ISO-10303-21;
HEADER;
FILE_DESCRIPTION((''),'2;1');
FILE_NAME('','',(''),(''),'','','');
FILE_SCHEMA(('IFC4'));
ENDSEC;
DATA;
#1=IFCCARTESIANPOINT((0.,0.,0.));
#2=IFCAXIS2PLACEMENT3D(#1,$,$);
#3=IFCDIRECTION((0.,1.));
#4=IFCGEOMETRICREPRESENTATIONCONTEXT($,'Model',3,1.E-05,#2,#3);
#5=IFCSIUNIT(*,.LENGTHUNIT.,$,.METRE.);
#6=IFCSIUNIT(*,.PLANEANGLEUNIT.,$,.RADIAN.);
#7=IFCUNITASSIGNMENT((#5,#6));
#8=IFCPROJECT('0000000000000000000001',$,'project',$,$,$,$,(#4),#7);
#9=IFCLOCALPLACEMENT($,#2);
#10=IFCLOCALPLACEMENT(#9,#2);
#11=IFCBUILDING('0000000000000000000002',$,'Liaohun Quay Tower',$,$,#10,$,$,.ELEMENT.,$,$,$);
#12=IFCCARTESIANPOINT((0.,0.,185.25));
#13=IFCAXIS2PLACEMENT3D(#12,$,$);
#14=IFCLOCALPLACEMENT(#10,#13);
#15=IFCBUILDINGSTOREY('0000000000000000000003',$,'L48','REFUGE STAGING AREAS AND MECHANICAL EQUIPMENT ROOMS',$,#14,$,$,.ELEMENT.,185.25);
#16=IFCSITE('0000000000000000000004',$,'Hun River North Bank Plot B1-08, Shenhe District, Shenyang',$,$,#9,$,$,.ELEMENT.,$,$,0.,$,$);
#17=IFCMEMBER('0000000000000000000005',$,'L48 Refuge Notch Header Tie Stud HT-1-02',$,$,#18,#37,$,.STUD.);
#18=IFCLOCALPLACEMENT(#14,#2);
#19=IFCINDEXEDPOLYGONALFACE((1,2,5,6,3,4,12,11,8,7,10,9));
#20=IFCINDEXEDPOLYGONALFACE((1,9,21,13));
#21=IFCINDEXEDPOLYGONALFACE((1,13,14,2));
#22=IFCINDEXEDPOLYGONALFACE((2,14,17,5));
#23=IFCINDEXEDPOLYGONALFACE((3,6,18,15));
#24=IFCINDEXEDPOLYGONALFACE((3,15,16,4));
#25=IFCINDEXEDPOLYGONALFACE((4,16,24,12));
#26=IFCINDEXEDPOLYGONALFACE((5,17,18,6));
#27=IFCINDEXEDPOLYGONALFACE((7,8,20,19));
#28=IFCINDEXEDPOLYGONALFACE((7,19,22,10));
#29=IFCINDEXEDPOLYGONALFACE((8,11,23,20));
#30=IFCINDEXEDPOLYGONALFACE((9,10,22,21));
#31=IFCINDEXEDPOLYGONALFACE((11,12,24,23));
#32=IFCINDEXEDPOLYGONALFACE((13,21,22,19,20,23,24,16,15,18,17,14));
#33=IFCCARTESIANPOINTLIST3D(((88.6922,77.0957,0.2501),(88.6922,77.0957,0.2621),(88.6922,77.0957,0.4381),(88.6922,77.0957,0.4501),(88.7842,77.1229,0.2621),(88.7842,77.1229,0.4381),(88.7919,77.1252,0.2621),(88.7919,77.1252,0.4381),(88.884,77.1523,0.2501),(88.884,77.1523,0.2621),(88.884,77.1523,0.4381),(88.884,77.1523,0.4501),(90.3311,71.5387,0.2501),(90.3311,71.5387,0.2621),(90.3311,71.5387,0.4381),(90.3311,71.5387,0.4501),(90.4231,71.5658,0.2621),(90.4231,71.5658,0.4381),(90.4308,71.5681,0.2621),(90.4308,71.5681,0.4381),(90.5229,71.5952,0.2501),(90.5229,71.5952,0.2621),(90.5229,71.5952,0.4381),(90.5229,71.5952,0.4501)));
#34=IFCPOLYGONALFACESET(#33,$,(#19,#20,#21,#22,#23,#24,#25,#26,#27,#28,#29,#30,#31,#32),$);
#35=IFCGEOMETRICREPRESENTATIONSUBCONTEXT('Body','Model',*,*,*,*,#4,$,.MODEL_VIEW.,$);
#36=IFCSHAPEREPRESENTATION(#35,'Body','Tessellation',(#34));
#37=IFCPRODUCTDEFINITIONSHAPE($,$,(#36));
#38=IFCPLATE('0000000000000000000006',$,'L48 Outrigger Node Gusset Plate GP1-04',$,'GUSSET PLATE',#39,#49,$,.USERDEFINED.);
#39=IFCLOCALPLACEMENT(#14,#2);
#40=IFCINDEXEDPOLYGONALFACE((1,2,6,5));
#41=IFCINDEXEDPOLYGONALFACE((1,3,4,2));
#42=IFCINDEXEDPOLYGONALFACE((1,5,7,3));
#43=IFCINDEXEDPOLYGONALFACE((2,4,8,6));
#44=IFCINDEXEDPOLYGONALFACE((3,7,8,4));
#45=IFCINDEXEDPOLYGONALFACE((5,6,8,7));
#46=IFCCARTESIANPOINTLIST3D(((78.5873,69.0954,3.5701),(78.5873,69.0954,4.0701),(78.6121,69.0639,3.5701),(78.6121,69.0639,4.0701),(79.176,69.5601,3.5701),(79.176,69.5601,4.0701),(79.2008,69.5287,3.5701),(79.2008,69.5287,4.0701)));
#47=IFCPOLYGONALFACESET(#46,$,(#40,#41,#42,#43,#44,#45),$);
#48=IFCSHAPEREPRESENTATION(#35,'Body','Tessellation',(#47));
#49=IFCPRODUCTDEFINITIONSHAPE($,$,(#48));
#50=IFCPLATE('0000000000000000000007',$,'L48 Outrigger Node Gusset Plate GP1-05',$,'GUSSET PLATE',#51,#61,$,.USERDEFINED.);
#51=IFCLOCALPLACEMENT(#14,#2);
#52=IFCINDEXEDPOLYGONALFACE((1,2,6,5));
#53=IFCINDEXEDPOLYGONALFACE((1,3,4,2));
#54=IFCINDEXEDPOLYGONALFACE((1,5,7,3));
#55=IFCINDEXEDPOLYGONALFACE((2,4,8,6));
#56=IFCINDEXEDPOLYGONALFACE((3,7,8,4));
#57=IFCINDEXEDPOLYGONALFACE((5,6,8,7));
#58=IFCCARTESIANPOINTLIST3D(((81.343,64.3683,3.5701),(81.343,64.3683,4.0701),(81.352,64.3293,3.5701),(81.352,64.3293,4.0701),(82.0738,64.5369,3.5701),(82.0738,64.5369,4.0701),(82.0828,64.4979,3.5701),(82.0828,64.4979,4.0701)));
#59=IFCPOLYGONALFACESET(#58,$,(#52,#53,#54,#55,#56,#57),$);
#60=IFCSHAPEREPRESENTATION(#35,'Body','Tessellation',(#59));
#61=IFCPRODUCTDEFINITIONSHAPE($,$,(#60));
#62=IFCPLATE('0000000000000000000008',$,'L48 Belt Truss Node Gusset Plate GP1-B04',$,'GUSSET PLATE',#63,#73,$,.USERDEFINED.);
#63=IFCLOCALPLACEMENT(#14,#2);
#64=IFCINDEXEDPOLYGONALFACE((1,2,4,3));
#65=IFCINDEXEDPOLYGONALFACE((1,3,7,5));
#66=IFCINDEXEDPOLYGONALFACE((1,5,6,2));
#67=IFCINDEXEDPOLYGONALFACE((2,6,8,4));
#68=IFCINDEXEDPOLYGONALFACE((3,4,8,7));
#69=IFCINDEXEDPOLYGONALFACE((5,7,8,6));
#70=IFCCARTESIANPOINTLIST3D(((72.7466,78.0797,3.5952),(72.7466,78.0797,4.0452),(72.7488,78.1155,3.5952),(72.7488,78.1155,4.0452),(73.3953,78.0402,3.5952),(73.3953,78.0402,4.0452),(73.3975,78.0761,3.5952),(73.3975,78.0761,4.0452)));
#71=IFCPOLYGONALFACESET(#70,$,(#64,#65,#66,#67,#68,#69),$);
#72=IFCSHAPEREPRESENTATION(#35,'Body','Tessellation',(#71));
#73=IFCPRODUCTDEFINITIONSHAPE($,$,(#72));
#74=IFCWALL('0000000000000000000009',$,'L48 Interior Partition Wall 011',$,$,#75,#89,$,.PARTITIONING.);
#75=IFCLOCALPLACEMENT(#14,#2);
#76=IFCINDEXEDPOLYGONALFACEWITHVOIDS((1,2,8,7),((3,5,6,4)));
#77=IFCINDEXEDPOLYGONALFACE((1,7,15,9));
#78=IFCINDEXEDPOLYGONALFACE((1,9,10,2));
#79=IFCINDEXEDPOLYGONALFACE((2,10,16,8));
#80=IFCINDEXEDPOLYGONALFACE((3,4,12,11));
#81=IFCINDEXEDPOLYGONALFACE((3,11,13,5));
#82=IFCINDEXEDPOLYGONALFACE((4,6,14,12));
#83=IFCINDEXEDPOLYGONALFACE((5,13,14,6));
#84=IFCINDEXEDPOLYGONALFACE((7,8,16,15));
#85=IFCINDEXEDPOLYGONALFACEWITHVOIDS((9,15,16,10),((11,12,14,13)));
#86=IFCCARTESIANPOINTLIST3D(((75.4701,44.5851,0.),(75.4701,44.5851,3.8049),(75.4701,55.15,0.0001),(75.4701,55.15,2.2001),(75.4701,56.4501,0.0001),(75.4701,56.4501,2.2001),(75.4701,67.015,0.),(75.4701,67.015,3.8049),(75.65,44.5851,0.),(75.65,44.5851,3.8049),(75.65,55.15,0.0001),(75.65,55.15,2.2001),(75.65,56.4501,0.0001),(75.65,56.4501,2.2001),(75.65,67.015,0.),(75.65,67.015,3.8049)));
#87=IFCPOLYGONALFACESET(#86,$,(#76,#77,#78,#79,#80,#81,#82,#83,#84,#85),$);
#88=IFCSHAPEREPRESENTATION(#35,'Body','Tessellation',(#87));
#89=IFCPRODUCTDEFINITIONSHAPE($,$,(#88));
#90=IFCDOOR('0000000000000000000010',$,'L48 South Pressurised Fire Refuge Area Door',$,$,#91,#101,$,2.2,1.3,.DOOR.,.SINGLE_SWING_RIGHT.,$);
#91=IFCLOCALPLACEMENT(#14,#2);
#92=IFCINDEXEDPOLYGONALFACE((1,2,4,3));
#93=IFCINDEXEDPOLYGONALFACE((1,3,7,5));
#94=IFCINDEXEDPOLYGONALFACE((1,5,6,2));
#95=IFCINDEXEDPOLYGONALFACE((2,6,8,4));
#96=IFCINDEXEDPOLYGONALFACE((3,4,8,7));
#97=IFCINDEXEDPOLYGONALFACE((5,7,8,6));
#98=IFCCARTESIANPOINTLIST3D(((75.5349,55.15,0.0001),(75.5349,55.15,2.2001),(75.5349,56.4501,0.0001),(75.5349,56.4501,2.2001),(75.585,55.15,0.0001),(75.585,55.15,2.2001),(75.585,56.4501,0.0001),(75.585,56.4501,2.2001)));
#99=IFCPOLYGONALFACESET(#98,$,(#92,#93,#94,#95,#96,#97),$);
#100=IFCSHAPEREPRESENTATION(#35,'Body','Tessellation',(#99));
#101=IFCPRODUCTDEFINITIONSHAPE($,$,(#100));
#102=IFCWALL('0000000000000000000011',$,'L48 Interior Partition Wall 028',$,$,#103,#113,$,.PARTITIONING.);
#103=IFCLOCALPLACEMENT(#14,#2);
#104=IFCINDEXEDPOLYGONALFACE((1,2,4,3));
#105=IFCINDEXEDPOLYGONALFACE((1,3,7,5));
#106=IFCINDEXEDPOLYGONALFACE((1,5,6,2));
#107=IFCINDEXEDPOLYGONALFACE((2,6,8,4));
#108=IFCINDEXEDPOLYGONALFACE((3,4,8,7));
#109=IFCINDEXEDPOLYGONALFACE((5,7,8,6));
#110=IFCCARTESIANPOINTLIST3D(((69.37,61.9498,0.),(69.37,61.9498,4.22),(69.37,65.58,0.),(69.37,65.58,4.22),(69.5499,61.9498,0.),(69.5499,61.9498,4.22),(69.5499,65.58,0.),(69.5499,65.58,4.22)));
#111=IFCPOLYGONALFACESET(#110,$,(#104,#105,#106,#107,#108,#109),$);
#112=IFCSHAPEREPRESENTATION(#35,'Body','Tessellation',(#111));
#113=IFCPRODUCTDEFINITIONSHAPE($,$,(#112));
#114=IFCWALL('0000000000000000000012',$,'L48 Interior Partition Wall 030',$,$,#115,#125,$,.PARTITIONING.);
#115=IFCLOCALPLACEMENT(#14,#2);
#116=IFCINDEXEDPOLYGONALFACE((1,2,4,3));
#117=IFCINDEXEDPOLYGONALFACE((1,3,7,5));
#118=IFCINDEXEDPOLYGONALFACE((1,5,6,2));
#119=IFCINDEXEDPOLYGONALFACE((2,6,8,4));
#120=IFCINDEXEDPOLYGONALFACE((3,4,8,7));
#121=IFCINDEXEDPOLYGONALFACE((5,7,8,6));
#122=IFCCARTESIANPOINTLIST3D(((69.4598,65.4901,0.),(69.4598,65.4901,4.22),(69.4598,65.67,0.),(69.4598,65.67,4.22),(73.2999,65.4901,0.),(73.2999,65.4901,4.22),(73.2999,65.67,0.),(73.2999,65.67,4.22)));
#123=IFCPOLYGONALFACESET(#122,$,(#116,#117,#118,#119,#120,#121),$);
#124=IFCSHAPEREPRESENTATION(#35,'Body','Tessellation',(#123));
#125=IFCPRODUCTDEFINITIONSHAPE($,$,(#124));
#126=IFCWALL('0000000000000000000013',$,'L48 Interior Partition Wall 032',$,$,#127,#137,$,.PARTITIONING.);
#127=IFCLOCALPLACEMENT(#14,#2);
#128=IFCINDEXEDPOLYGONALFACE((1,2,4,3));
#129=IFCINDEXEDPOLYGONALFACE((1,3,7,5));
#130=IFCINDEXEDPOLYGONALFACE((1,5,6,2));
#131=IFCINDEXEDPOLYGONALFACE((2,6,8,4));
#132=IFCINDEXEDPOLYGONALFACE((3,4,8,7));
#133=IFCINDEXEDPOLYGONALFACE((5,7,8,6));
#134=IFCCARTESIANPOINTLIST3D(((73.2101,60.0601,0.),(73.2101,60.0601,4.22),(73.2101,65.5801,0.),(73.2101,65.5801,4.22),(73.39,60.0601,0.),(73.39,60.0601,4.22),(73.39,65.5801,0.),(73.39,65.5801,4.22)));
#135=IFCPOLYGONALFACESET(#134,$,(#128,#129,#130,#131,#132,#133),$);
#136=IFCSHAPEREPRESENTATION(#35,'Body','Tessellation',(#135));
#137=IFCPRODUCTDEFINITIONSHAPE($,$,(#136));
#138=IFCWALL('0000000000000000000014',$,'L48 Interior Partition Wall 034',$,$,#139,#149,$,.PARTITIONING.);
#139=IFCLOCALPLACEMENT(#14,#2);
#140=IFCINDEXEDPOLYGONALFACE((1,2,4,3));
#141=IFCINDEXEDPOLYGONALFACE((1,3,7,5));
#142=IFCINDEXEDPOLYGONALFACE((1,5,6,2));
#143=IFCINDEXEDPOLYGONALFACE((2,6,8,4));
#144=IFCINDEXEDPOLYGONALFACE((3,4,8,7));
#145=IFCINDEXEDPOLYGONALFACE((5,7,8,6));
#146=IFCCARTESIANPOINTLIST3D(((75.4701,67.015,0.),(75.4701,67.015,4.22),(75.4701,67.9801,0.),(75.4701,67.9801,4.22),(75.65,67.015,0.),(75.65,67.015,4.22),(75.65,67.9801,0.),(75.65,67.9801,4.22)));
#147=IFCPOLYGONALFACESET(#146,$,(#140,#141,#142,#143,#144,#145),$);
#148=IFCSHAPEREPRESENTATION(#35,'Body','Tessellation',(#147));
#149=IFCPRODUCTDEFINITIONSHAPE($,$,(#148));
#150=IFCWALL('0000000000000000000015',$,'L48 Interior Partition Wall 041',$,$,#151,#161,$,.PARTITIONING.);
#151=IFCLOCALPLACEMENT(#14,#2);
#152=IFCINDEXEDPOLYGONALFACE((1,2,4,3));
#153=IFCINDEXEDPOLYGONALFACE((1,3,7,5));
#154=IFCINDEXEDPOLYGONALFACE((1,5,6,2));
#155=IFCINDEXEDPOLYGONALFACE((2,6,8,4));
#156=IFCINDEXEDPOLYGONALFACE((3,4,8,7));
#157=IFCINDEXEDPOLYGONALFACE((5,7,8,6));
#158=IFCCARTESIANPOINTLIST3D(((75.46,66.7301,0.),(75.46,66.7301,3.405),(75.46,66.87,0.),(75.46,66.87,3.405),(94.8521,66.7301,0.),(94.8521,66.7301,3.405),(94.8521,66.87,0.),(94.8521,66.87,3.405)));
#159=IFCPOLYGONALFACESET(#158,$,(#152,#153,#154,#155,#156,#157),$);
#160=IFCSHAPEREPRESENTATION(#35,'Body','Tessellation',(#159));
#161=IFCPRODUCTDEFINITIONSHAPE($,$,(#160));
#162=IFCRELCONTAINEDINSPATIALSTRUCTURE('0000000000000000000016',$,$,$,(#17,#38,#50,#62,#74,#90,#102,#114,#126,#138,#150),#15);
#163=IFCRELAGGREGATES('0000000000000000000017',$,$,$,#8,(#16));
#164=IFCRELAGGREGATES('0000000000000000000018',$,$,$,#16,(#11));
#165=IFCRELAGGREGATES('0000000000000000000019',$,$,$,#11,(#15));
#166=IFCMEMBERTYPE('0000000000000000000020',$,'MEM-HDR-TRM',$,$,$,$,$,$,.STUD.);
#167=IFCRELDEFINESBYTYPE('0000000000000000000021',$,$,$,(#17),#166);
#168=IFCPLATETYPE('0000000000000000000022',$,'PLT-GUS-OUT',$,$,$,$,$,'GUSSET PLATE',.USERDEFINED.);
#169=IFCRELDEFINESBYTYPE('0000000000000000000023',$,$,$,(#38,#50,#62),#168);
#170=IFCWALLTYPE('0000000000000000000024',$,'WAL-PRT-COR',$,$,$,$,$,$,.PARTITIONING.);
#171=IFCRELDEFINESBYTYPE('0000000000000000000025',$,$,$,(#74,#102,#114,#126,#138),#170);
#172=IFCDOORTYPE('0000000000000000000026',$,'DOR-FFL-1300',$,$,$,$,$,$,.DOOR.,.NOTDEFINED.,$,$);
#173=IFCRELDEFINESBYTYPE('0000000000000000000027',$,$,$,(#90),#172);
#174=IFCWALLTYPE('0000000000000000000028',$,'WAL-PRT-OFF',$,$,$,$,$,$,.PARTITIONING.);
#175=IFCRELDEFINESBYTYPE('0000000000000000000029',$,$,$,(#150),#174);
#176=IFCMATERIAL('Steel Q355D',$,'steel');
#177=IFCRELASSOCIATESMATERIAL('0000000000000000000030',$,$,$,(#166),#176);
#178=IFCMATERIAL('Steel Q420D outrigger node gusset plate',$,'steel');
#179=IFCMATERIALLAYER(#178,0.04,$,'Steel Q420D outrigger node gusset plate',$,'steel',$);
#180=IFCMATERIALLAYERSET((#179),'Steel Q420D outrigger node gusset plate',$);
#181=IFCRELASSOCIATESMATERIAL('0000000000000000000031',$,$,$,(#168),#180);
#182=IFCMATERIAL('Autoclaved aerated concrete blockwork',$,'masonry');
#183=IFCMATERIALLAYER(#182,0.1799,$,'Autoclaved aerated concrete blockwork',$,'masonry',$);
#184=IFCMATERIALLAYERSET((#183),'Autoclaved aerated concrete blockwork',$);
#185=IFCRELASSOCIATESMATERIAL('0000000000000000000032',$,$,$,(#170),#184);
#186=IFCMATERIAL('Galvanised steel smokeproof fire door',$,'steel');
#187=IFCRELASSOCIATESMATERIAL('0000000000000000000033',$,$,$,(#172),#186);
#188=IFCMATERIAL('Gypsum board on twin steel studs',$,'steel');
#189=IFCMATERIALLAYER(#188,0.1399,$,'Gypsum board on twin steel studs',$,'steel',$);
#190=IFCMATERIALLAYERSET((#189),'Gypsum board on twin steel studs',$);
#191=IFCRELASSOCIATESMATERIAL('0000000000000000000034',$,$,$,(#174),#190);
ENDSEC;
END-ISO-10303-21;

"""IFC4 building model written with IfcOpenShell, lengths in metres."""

from ifc_helpers import new_model, si_unit, direction, frame, frame_2d, origin, origin_2d, place, context, subcontext, project, spatial, rectangle, i_section, extrude, source, transform, mapped, material, layer, layer_set, material_profile, profile_set, type_object, element, fill, save


model = new_model("IFC4")

# Units and contexts
model_context = context("Model", 3, precision=1e-05, world=origin(), true_north=direction((0.0, 1.0)))
body_context = subcontext(model_context, "Body", "Model", "MODEL_VIEW")
ifc_project = project(units=[si_unit("LENGTHUNIT", "METRE"), si_unit("PLANEANGLEUNIT", "RADIAN")], contexts=[model_context])

# Site, building, storey
site_placement = place(None, origin())
site = spatial("IfcSite", under=ifc_project, at=site_placement, Name="Hun River North Bank Plot B1-08, Shenhe District, Shenyang", CompositionType="ELEMENT", RefElevation=0.0)
building_placement = place(site_placement, origin())
building = spatial("IfcBuilding", under=site, at=building_placement, Name="Liaohun Quay Tower", CompositionType="ELEMENT")
storey_placement = place(building_placement, frame((0.0, 0.0, 185.25)))
storey = spatial("IfcBuildingStorey", under=building, at=storey_placement, Name="L48", Description="REFUGE STAGING AREAS AND MECHANICAL EQUIPMENT ROOMS", CompositionType="ELEMENT", Elevation=185.25)

# Shared definitions
ifc_material_1 = material(Name="Steel Q355D", Category="steel")

# Member
ifc_material_profile_1 = material_profile(ifc_material_1, i_section(OverallWidth=0.2, OverallDepth=0.2, WebThickness=0.0081, FlangeThickness=0.012, at=origin_2d()), Name="HW200x200x8x12")
ifc_profile_set_1 = profile_set([ifc_material_profile_1], Name="Steel Q355D")
member_type_1 = type_object("IfcMemberType", Name="MEM-HDR-TRM", PredefinedType="STUD", material=ifc_profile_set_1)
shared_shape_1 = source(origin(), body_context, "Body", "SweptSolid", [
    extrude(i_section(OverallWidth=0.2, OverallDepth=0.2, WebThickness=0.0081, FlangeThickness=0.012, at=origin_2d()), origin(), (0.0, 0.0, 1.0), 5.7937),
])
member_1_placement = place(storey_placement, frame((88.7881, 77.124, 0.3501), z_axis=(0.282876, -0.959157, 0.0), x_axis=(0.959157, 0.282876, 0.0)))
element("IfcMember", 1, at=member_1_placement, inside=storey, type_object=member_type_1, Name="L48 Refuge Notch Header Tie Stud HT-1-02", PredefinedType="STUD", context=body_context, shape_type="MappedRepresentation", body=[
    mapped(shared_shape_1, transform((0.0, 0.0, 0.0), x_axis=(1.0, 0.0, 0.0), y_axis=(0.0, 1.0, 0.0), z_axis=(0.0, 0.0, 1.0), scale=1.0)),
])

# Plates
ifc_material_2 = material(Name="Steel Q420D outrigger node gusset plate", Category="steel")
ifc_layer_1 = layer(ifc_material_2, 0.04, Name="Steel Q420D outrigger node gusset plate", Category="steel")
ifc_layer_set_1 = layer_set([ifc_layer_1], Name="Steel Q420D outrigger node gusset plate")
plate_type = type_object("IfcPlateType", Name="PLT-GUS-OUT", ElementType="GUSSET PLATE", PredefinedType="USERDEFINED", material=ifc_layer_set_1)
shared_shape_2 = source(origin(), body_context, "Body", "SweptSolid", [
    extrude(rectangle(XDim=0.75, YDim=0.04, at=origin_2d()), origin(), (0.0, 0.0, 1.0), 0.5),
])
for number, where, z_axis, x_axis, name in (
    (2, (78.894, 69.312, 3.5701), (0.0, 0.0, 1.0), (0.784885, 0.619642, 0.0), "L48 Outrigger Node Gusset Plate GP1-04"),
    (3, (81.7129, 64.4331, 3.5701), (0.0, 0.0, 1.0), (0.974409, 0.224781, 0.0), "L48 Outrigger Node Gusset Plate GP1-05"),
):
    element("IfcPlate", number, at=place(storey_placement, frame(where, z_axis=z_axis, x_axis=x_axis)), inside=storey, type_object=plate_type, Name=name, ObjectType="GUSSET PLATE", PredefinedType="USERDEFINED", context=body_context, shape_type="MappedRepresentation", body=[
        mapped(shared_shape_2, transform((0.0, 0.0, 0.0), x_axis=(1.0, 0.0, 0.0), y_axis=(0.0, 1.0, 0.0), z_axis=(0.0, 0.0, 1.0), scale=1.0)),
    ])
shared_shape_3 = source(origin(), body_context, "Body", "SweptSolid", [
    extrude(rectangle(XDim=0.6499, YDim=0.0359, at=origin_2d()), origin(), (0.0, 0.0, 1.0), 0.45),
])
plate_placement = place(storey_placement, frame((73.072, 78.0779, 3.5952), z_axis=(0.0, 0.0, 1.0), x_axis=(0.998156, -0.0607, 0.0)))
element("IfcPlate", 4, at=plate_placement, inside=storey, type_object=plate_type, Name="L48 Belt Truss Node Gusset Plate GP1-B04", ObjectType="GUSSET PLATE", PredefinedType="USERDEFINED", context=body_context, shape_type="MappedRepresentation", body=[
    mapped(shared_shape_3, transform((0.0, 0.0, 0.0), x_axis=(1.0, 0.0, 0.0), y_axis=(0.0, 1.0, 0.0), z_axis=(0.0, 0.0, 1.0), scale=1.0)),
])

# Wall, opening, door
ifc_material_3 = material(Name="Autoclaved aerated concrete blockwork", Category="masonry")
ifc_layer_2 = layer(ifc_material_3, 0.1799, Name="Autoclaved aerated concrete blockwork", Category="masonry")
ifc_layer_set_2 = layer_set([ifc_layer_2], Name="Autoclaved aerated concrete blockwork")
wall_type_1 = type_object("IfcWallType", Name="WAL-PRT-COR", PredefinedType="PARTITIONING", material=ifc_layer_set_2)
wall_1_placement = place(storey_placement, frame((75.5601, 67.0149, 0.0), z_axis=(0.0, 0.0, 1.0), x_axis=(0.0, -1.0, 0.0)))
wall_1 = element("IfcWall", 5, at=wall_1_placement, inside=storey, type_object=wall_type_1, Name="L48 Interior Partition Wall 011", PredefinedType="PARTITIONING", context=body_context, shape_type="SweptSolid", body=[
    extrude(rectangle(XDim=22.4299, YDim=0.1799, at=frame_2d((11.2148, 0.0))), origin(), (0.0, 0.0, 1.0), 3.8049),
])
shared_shape_4 = source(origin(), body_context, "Body", "SweptSolid", [
    extrude(rectangle(XDim=1.3, YDim=2.2, at=frame_2d((0.6499, 1.1001))), frame((0.0, 0.0999, 0.0), z_axis=(0.0, -1.0, 0.0), x_axis=(1.0, 0.0, 0.0)), (0.0, 0.0, 1.0), 0.2),
])
opening_placement = place(wall_1_placement, frame((10.5649, 0.0, 0.0)))
opening = element("IfcOpeningElement", 6, at=opening_placement, cuts=wall_1, PredefinedType="OPENING", context=body_context, shape_type="MappedRepresentation", body=[
    mapped(shared_shape_4, transform((0.0, 0.0, 0.0), x_axis=(1.0, 0.0, 0.0), y_axis=(0.0, 1.0, 0.0), z_axis=(0.0, 0.0, 1.0), scale=1.0)),
])
ifc_material_4 = material(Name="Galvanised steel smokeproof fire door", Category="steel")
door_type = type_object("IfcDoorType", Name="DOR-FFL-1300", OperationType="NOTDEFINED", PredefinedType="DOOR", material=ifc_material_4)
shared_shape_5 = source(origin(), body_context, "Body", "SweptSolid", [
    extrude(rectangle(XDim=1.3, YDim=2.2, at=frame_2d((0.6499, 1.1001))), frame((0.0, 0.0249, 0.0), z_axis=(0.0, -1.0, 0.0), x_axis=(1.0, 0.0, 0.0)), (0.0, 0.0, 1.0), 0.05),
])
door_placement = place(opening_placement, origin())
door = element("IfcDoor", 7, at=door_placement, inside=storey, type_object=door_type, Name="L48 South Pressurised Fire Refuge Area Door", OperationType="SINGLE_SWING_RIGHT", OverallHeight=2.2, OverallWidth=1.3, PredefinedType="DOOR", context=body_context, shape_type="MappedRepresentation", body=[
    mapped(shared_shape_5, transform((0.0, 0.0, 0.0), x_axis=(1.0, 0.0, 0.0), y_axis=(0.0, 1.0, 0.0), z_axis=(0.0, 0.0, 1.0), scale=1.0)),
])
fill(opening, door)

# Walls
wall_2_placement = place(storey_placement, frame((69.46, 61.95, 0.0), z_axis=(0.0, 0.0, 1.0), x_axis=(0.0, 1.0, 0.0)))
element("IfcWall", 8, at=wall_2_placement, inside=storey, type_object=wall_type_1, Name="L48 Interior Partition Wall 028", PredefinedType="PARTITIONING", context=body_context, shape_type="SweptSolid", body=[
    extrude(rectangle(XDim=3.6301, YDim=0.1799, at=frame_2d((1.8149, 0.0))), origin(), (0.0, 0.0, 1.0), 4.22),
])
wall_3_placement = place(storey_placement, frame((69.46, 65.5801, 0.0), z_axis=(0.0, 0.0, 1.0), x_axis=(1.0, 0.0, 0.0)))
element("IfcWall", 9, at=wall_3_placement, inside=storey, type_object=wall_type_1, Name="L48 Interior Partition Wall 030", PredefinedType="PARTITIONING", context=body_context, shape_type="SweptSolid", body=[
    extrude(rectangle(XDim=3.8401, YDim=0.1799, at=frame_2d((1.9199, 0.0))), origin(), (0.0, 0.0, 1.0), 4.22),
])
wall_4_placement = place(storey_placement, frame((73.3, 60.0601, 0.0), z_axis=(0.0, 0.0, 1.0), x_axis=(0.0, 1.0, 0.0)))
element("IfcWall", 10, at=wall_4_placement, inside=storey, type_object=wall_type_1, Name="L48 Interior Partition Wall 032", PredefinedType="PARTITIONING", context=body_context, shape_type="SweptSolid", body=[
    extrude(rectangle(XDim=5.52, YDim=0.1799, at=frame_2d((2.76, 0.0))), origin(), (0.0, 0.0, 1.0), 4.22),
])
wall_5_placement = place(storey_placement, frame((75.5601, 67.98, 0.0), z_axis=(0.0, 0.0, 1.0), x_axis=(0.0, -1.0, 0.0)))
element("IfcWall", 11, at=wall_5_placement, inside=storey, type_object=wall_type_1, Name="L48 Interior Partition Wall 034", PredefinedType="PARTITIONING", context=body_context, shape_type="SweptSolid", body=[
    extrude(rectangle(XDim=0.9651, YDim=0.1799, at=frame_2d((0.4824, 0.0))), origin(), (0.0, 0.0, 1.0), 4.22),
])
ifc_material_5 = material(Name="Gypsum board on twin steel studs", Category="steel")
ifc_layer_3 = layer(ifc_material_5, 0.1399, Name="Gypsum board on twin steel studs", Category="steel")
ifc_layer_set_3 = layer_set([ifc_layer_3], Name="Gypsum board on twin steel studs")
wall_type_2 = type_object("IfcWallType", Name="WAL-PRT-OFF", PredefinedType="PARTITIONING", material=ifc_layer_set_3)
wall_6_placement = place(storey_placement, frame((75.46, 66.8, 0.0), z_axis=(0.0, 0.0, 1.0), x_axis=(1.0, 0.0, 0.0)))
element("IfcWall", 12, at=wall_6_placement, inside=storey, type_object=wall_type_2, Name="L48 Interior Partition Wall 041", PredefinedType="PARTITIONING", context=body_context, shape_type="SweptSolid", body=[
    extrude(rectangle(XDim=19.3921, YDim=0.1399, at=frame_2d((9.696, 0.0))), origin(), (0.0, 0.0, 1.0), 3.405),
])

save(model, "model.ifc")
